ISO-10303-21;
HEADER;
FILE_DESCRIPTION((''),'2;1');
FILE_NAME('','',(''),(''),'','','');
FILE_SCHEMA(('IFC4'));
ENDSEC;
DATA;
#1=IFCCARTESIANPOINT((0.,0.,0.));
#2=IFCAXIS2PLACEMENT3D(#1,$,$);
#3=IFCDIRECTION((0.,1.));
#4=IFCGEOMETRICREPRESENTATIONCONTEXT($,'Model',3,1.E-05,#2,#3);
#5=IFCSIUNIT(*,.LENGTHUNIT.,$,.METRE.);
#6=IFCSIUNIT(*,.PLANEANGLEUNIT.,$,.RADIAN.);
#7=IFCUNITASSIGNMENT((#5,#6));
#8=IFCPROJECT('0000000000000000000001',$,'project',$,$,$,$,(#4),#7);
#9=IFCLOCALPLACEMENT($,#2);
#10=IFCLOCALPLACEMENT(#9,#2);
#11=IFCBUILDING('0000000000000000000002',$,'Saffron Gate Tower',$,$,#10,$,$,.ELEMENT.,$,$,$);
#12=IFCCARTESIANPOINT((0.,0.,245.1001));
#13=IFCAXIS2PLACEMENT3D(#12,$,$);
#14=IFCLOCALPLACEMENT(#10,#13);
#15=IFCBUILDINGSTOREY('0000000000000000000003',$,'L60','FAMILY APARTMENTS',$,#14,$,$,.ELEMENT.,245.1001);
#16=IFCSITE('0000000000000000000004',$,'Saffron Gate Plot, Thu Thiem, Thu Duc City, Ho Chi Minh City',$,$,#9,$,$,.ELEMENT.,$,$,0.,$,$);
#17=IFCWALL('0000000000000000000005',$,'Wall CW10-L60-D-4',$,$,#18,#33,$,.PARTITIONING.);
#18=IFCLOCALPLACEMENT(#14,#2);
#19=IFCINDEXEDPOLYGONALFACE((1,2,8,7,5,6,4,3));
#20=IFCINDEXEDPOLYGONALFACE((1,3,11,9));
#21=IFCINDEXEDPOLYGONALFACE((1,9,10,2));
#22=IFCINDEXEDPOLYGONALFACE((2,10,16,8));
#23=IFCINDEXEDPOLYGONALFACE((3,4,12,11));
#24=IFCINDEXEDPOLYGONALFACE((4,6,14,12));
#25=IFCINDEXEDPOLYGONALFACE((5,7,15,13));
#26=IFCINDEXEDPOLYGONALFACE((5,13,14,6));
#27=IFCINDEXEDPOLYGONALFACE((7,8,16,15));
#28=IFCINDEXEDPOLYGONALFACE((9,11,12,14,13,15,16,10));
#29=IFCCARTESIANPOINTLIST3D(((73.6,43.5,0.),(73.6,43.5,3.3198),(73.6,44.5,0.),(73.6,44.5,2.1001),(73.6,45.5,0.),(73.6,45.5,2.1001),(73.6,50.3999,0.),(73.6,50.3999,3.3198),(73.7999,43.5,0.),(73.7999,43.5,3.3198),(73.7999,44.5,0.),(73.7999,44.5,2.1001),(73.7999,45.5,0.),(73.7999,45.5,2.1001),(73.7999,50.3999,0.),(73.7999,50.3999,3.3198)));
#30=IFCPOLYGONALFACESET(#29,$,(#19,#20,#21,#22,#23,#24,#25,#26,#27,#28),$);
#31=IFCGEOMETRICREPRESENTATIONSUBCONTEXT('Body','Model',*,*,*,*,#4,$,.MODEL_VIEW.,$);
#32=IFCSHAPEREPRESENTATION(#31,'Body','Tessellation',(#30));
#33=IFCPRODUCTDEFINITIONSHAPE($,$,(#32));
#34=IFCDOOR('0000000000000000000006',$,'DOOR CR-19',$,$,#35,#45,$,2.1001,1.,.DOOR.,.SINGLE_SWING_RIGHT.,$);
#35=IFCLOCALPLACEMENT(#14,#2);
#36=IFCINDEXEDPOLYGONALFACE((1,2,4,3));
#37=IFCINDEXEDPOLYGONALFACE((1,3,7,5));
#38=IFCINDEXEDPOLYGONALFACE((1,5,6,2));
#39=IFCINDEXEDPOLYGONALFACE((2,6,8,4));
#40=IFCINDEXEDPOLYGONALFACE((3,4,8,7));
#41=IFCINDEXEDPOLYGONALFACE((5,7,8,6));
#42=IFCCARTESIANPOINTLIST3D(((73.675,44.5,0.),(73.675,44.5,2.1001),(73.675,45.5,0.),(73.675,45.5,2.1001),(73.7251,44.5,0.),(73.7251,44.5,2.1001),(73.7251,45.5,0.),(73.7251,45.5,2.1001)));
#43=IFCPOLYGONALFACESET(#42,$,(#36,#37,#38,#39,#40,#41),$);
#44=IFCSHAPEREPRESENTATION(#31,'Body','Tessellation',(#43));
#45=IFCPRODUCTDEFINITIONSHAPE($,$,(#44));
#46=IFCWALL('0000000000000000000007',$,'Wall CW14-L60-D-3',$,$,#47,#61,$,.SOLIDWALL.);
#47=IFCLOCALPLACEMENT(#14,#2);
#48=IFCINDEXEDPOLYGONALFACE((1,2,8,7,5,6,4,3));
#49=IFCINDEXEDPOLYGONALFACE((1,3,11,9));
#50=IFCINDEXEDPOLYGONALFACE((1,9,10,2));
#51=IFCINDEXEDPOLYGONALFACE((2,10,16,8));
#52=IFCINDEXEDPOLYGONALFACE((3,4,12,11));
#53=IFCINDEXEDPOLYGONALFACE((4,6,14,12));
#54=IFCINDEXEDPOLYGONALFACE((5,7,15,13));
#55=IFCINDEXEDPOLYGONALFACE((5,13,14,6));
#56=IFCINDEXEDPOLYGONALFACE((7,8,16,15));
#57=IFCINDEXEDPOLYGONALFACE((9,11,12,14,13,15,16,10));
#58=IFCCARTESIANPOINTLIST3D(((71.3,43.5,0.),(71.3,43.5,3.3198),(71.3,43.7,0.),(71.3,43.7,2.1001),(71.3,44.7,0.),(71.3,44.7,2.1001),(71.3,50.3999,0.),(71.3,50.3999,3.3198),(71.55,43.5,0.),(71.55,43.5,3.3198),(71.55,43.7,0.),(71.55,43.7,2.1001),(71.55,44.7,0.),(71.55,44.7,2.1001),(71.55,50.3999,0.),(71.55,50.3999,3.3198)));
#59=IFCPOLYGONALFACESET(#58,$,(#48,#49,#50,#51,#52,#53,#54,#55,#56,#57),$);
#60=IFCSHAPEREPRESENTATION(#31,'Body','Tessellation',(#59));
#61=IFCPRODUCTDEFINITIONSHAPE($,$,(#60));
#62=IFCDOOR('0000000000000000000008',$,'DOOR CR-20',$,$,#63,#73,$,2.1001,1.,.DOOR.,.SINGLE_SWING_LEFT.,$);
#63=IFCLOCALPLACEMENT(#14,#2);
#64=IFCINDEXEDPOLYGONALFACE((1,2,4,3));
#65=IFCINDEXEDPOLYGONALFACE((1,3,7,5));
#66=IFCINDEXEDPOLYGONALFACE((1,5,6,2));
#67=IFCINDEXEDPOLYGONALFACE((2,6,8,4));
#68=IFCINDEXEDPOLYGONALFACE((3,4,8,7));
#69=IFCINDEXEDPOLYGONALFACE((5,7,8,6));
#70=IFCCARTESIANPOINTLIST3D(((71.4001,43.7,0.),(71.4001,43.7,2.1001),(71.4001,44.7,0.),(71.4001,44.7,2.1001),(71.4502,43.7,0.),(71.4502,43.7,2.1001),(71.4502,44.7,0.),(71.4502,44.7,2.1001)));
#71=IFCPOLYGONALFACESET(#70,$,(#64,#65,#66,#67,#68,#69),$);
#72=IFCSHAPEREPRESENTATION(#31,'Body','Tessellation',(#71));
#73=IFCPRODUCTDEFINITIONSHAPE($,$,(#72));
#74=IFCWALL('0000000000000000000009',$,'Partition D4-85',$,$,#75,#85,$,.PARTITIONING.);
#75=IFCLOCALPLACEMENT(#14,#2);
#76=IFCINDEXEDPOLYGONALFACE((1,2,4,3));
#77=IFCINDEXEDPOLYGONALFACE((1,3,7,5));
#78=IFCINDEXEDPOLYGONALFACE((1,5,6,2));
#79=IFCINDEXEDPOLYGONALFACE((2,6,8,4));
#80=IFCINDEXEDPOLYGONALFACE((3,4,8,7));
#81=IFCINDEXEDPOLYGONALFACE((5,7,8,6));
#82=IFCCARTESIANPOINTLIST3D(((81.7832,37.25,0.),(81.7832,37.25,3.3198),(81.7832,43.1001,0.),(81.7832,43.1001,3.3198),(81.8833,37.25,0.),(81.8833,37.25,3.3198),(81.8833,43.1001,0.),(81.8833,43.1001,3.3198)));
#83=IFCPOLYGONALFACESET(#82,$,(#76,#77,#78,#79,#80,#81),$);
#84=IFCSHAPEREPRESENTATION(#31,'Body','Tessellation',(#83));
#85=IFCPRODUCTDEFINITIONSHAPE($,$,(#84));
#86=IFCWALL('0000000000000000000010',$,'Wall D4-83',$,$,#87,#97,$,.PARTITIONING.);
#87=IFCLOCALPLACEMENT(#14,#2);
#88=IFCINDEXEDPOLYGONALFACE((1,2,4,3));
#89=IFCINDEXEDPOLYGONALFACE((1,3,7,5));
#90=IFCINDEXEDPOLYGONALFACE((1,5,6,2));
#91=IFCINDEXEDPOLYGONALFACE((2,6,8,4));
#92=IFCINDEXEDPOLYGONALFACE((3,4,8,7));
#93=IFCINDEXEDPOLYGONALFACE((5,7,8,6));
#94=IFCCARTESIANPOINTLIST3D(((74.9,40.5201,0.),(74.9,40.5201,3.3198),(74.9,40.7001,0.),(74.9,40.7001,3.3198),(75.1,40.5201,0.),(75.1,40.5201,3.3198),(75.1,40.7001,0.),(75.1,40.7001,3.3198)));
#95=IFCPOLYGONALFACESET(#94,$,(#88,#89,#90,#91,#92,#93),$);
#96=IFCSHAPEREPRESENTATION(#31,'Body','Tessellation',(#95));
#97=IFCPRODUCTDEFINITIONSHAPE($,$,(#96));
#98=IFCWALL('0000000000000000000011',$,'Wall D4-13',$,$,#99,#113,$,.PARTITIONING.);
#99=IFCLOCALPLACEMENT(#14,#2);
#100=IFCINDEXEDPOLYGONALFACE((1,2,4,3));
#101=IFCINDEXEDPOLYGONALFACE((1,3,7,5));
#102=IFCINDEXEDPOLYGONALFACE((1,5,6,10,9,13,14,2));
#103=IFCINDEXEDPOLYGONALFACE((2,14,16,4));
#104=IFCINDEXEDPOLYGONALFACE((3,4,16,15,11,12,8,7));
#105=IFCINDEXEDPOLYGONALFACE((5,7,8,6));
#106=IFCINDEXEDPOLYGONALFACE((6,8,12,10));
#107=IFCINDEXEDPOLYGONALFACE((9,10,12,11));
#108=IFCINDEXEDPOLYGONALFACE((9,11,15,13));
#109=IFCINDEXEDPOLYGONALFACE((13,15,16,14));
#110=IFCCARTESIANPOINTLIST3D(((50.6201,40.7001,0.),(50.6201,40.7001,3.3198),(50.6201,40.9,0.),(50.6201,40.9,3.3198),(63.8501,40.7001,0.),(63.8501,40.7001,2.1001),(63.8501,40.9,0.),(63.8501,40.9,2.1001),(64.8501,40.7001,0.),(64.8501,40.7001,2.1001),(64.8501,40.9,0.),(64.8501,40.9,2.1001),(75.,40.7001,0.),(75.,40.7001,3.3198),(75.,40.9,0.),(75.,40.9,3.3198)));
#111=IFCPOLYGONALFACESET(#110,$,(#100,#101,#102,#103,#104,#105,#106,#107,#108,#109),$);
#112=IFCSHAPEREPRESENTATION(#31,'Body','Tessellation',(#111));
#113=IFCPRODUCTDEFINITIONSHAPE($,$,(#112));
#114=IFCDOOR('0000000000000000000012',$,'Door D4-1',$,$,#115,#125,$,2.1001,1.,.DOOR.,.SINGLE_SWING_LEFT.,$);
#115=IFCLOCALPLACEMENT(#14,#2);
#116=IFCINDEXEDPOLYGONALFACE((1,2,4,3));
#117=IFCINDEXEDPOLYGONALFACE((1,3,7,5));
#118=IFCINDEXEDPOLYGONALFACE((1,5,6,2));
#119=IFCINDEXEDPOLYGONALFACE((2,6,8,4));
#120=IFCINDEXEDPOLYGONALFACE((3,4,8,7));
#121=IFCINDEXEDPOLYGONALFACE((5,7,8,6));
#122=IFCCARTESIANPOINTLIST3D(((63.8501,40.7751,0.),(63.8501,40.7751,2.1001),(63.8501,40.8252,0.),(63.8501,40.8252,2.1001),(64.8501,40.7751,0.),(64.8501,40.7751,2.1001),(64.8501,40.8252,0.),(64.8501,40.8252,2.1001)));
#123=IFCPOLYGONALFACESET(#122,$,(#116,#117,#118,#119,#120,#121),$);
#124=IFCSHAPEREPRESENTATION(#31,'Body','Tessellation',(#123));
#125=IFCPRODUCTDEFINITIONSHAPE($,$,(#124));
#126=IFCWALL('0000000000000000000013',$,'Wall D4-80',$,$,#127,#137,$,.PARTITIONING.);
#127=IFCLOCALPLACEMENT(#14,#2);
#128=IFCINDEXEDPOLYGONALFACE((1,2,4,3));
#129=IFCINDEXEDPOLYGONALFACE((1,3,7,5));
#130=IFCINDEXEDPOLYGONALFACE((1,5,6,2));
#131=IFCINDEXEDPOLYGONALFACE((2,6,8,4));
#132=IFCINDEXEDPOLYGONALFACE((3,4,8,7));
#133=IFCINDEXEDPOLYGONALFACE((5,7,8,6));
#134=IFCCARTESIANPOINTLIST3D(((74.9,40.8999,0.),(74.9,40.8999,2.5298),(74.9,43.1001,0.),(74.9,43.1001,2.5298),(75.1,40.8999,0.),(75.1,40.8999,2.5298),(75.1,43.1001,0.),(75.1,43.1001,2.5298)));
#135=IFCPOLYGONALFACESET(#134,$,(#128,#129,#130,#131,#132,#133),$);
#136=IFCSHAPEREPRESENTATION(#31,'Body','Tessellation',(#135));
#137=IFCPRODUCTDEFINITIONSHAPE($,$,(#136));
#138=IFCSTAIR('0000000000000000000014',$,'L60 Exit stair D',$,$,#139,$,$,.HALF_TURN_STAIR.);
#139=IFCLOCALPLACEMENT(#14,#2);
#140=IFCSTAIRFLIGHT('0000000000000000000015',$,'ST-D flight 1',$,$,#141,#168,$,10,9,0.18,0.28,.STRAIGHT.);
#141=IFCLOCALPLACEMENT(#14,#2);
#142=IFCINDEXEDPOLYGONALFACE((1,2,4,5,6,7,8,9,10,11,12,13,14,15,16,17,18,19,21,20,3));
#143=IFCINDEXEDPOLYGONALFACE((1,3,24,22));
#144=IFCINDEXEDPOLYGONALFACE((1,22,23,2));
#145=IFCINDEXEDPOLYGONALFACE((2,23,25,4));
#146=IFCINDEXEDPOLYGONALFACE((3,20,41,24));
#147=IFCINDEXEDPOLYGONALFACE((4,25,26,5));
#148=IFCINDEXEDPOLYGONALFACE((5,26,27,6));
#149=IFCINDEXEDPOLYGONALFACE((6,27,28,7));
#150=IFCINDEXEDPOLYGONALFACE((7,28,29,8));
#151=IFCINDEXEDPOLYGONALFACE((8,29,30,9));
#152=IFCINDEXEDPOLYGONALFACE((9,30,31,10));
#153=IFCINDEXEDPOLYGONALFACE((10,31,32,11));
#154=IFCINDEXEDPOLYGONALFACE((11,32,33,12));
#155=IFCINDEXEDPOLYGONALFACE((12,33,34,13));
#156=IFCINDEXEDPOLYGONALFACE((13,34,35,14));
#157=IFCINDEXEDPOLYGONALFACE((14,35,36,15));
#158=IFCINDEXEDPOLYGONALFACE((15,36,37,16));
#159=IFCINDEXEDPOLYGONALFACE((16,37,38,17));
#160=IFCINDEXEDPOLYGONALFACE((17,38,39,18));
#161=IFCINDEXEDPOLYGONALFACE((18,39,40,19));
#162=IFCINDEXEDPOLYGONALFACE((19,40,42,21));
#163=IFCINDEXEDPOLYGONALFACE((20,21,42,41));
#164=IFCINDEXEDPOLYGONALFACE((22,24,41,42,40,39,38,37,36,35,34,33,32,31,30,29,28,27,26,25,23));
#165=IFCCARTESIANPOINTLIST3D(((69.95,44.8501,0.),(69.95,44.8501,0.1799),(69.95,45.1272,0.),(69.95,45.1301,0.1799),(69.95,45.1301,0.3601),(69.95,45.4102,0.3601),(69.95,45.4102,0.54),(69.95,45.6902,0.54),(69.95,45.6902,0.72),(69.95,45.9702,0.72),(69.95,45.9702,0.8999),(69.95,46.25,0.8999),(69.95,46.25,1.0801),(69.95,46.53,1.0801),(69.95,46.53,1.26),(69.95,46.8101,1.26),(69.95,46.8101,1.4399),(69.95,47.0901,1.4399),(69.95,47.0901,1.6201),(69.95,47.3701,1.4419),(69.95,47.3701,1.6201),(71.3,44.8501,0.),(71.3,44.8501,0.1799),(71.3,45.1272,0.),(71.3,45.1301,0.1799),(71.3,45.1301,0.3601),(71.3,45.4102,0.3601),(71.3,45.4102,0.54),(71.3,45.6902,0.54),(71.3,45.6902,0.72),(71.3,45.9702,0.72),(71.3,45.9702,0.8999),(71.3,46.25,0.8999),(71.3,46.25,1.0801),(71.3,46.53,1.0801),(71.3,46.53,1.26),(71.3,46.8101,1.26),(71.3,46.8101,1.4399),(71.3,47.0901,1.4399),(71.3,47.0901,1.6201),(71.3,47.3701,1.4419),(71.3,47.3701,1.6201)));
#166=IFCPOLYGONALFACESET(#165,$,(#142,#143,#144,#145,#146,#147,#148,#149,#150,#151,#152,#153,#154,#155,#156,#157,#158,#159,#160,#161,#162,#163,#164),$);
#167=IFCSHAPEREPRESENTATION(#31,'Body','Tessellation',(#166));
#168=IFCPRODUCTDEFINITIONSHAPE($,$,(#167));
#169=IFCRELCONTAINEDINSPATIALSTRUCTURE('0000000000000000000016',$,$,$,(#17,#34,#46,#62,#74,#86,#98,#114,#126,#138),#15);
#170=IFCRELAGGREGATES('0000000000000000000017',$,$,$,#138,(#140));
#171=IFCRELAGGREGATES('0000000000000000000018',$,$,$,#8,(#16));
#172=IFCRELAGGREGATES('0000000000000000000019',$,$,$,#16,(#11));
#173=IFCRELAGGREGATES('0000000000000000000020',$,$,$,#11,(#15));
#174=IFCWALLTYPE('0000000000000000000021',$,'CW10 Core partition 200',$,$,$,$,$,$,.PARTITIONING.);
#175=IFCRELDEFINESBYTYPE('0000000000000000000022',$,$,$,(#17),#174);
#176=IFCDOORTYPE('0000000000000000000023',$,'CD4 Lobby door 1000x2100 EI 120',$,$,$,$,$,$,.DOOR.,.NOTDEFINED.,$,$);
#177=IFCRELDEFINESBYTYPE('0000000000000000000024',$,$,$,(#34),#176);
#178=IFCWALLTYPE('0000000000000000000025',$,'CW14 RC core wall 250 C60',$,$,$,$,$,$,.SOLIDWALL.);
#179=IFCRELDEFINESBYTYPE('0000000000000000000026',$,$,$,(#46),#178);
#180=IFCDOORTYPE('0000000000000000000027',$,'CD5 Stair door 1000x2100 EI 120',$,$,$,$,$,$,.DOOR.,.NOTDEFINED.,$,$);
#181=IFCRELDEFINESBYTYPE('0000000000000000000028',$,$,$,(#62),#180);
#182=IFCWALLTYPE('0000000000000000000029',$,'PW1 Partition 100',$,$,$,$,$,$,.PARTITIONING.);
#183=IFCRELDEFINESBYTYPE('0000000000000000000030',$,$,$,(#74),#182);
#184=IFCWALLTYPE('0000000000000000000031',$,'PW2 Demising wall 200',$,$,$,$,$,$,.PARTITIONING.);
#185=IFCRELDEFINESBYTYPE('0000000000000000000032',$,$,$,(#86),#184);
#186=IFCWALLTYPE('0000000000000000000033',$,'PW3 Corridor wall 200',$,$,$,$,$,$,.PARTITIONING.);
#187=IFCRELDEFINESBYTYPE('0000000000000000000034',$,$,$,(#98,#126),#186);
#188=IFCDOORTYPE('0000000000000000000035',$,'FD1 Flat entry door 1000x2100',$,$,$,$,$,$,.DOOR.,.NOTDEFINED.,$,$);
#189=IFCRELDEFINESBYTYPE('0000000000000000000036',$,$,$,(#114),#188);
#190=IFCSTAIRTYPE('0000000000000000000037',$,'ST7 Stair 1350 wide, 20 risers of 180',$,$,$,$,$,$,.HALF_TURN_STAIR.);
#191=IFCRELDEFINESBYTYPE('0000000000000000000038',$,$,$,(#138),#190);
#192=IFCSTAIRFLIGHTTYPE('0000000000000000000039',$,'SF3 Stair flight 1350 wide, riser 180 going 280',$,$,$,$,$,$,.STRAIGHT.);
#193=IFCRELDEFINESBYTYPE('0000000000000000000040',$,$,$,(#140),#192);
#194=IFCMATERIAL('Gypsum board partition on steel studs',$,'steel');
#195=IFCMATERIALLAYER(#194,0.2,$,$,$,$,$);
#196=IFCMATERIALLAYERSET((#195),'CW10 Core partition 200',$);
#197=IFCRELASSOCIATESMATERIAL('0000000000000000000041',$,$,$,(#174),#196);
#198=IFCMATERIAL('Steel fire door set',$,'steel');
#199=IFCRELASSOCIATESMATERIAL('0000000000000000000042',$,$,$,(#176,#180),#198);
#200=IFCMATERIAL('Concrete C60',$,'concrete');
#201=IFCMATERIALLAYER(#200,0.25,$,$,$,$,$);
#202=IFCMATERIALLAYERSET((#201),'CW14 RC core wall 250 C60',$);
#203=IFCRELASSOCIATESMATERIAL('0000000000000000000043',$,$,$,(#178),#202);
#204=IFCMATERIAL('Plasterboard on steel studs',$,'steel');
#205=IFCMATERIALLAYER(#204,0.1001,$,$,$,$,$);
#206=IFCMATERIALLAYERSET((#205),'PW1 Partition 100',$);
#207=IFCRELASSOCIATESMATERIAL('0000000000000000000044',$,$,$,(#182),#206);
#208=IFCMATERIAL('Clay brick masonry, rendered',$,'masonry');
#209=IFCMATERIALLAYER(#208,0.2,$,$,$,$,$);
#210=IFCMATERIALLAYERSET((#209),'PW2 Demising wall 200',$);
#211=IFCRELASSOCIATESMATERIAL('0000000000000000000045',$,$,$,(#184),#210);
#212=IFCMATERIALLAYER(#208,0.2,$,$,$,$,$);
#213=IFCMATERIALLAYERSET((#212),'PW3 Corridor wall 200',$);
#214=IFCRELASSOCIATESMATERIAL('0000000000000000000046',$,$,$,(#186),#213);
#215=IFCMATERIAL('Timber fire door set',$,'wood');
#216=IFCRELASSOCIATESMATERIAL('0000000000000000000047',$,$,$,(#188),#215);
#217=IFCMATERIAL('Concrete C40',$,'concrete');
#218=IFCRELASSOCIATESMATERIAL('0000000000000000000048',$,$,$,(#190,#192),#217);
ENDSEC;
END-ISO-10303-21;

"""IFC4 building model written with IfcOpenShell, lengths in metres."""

from ifc_helpers import new_model, si_unit, direction, frame, frame_2d, origin, place, context, subcontext, project, spatial, polyline, rectangle, outline, extrude, material, layer, layer_set, type_object, element, fill, aggregate, save


model = new_model("IFC4")

# Units and contexts
model_context = context("Model", 3, precision=1e-05, world=origin(), true_north=direction((0.0, 1.0)))
body_context = subcontext(model_context, "Body", "Model", "MODEL_VIEW")
ifc_project = project(units=[si_unit("LENGTHUNIT", "METRE"), si_unit("PLANEANGLEUNIT", "RADIAN")], contexts=[model_context])

# Site, building, storey
site_placement = place(None, origin())
site = spatial("IfcSite", under=ifc_project, at=site_placement, Name="Saffron Gate Plot, Thu Thiem, Thu Duc City, Ho Chi Minh City", CompositionType="ELEMENT", RefElevation=0.0)
building_placement = place(site_placement, origin())
building = spatial("IfcBuilding", under=site, at=building_placement, Name="Saffron Gate Tower", CompositionType="ELEMENT")
storey_placement = place(building_placement, frame((0.0, 0.0, 245.1001)))
storey = spatial("IfcBuildingStorey", under=building, at=storey_placement, Name="L60", Description="FAMILY APARTMENTS", CompositionType="ELEMENT", Elevation=245.1001)

# Walls, openings, doors
ifc_material_1 = material(Name="Gypsum board partition on steel studs", Category="steel")
ifc_layer_1 = layer(ifc_material_1, 0.2)
ifc_layer_set_1 = layer_set([ifc_layer_1], Name="CW10 Core partition 200")
wall_type_1 = type_object("IfcWallType", Name="CW10 Core partition 200", PredefinedType="PARTITIONING", material=ifc_layer_set_1)
wall_1_placement = place(storey_placement, frame((73.7, 43.5, 0.0), z_axis=(0.0, 0.0, 1.0), x_axis=(0.0, 1.0, 0.0)))
wall_1 = element("IfcWall", 1, at=wall_1_placement, inside=storey, type_object=wall_type_1, Name="Wall CW10-L60-D-4", PredefinedType="PARTITIONING", context=body_context, shape_type="SweptSolid", body=[
    extrude(rectangle(XDim=6.8999, YDim=0.2, at=frame_2d((3.45, 0.0))), origin(), (0.0, 0.0, 1.0), 3.3198),
])
opening_1_placement = place(wall_1_placement, frame((1.0, 0.0, 0.0)))
opening_1 = element("IfcOpeningElement", 2, at=opening_1_placement, cuts=wall_1, PredefinedType="OPENING", context=body_context, shape_type="SweptSolid", body=[
    extrude(rectangle(XDim=1.0, YDim=2.1001, at=frame_2d((0.5, 1.05))), frame((0.0, 0.1099, 0.0), z_axis=(0.0, -1.0, 0.0), x_axis=(1.0, 0.0, 0.0)), (0.0, 0.0, 1.0), 0.22),
])
ifc_material_2 = material(Name="Steel fire door set", Category="steel")
door_type_1 = type_object("IfcDoorType", Name="CD4 Lobby door 1000x2100 EI 120", OperationType="NOTDEFINED", PredefinedType="DOOR", material=ifc_material_2)
door_1_placement = place(opening_1_placement, origin())
door_1 = element("IfcDoor", 3, at=door_1_placement, inside=storey, type_object=door_type_1, Name="DOOR CR-19", OperationType="SINGLE_SWING_RIGHT", OverallHeight=2.1001, OverallWidth=1.0, PredefinedType="DOOR", context=body_context, shape_type="SweptSolid", body=[
    extrude(rectangle(XDim=1.0, YDim=2.1001, at=frame_2d((0.5, 1.05))), frame((0.0, 0.0249, 0.0), z_axis=(0.0, -1.0, 0.0), x_axis=(1.0, 0.0, 0.0)), (0.0, 0.0, 1.0), 0.05),
])
fill(opening_1, door_1)
ifc_material_3 = material(Name="Concrete C60", Category="concrete")
ifc_layer_2 = layer(ifc_material_3, 0.25)
ifc_layer_set_2 = layer_set([ifc_layer_2], Name="CW14 RC core wall 250 C60")
wall_type_2 = type_object("IfcWallType", Name="CW14 RC core wall 250 C60", PredefinedType="SOLIDWALL", material=ifc_layer_set_2)
wall_2_placement = place(storey_placement, frame((71.425, 43.5, 0.0), z_axis=(0.0, 0.0, 1.0), x_axis=(0.0, 1.0, 0.0)))
wall_2 = element("IfcWall", 4, at=wall_2_placement, inside=storey, type_object=wall_type_2, Name="Wall CW14-L60-D-3", PredefinedType="SOLIDWALL", context=body_context, shape_type="SweptSolid", body=[
    extrude(rectangle(XDim=6.8999, YDim=0.25, at=frame_2d((3.45, 0.0))), origin(), (0.0, 0.0, 1.0), 3.3198),
])
opening_2_placement = place(wall_2_placement, frame((0.2, 0.0, 0.0)))
opening_2 = element("IfcOpeningElement", 5, at=opening_2_placement, cuts=wall_2, PredefinedType="OPENING", context=body_context, shape_type="SweptSolid", body=[
    extrude(rectangle(XDim=1.0, YDim=2.1001, at=frame_2d((0.5, 1.05))), frame((0.0, 0.135, 0.0), z_axis=(0.0, -1.0, 0.0), x_axis=(1.0, 0.0, 0.0)), (0.0, 0.0, 1.0), 0.27),
])
door_type_2 = type_object("IfcDoorType", Name="CD5 Stair door 1000x2100 EI 120", OperationType="NOTDEFINED", PredefinedType="DOOR", material=ifc_material_2)
door_2_placement = place(opening_2_placement, origin())
door_2 = element("IfcDoor", 6, at=door_2_placement, inside=storey, type_object=door_type_2, Name="DOOR CR-20", OperationType="SINGLE_SWING_LEFT", OverallHeight=2.1001, OverallWidth=1.0, PredefinedType="DOOR", context=body_context, shape_type="SweptSolid", body=[
    extrude(rectangle(XDim=1.0, YDim=2.1001, at=frame_2d((0.5, 1.05))), frame((0.0, 0.0249, 0.0), z_axis=(0.0, -1.0, 0.0), x_axis=(1.0, 0.0, 0.0)), (0.0, 0.0, 1.0), 0.05),
])
fill(opening_2, door_2)

# Walls
ifc_material_4 = material(Name="Plasterboard on steel studs", Category="steel")
ifc_layer_3 = layer(ifc_material_4, 0.1001)
ifc_layer_set_3 = layer_set([ifc_layer_3], Name="PW1 Partition 100")
wall_type_3 = type_object("IfcWallType", Name="PW1 Partition 100", PredefinedType="PARTITIONING", material=ifc_layer_set_3)
wall_3_placement = place(storey_placement, frame((81.8333, 43.1001, 0.0), z_axis=(0.0, 0.0, 1.0), x_axis=(0.0, -1.0, 0.0)))
element("IfcWall", 7, at=wall_3_placement, inside=storey, type_object=wall_type_3, Name="Partition D4-85", PredefinedType="PARTITIONING", context=body_context, shape_type="SweptSolid", body=[
    extrude(rectangle(XDim=5.8501, YDim=0.1001, at=frame_2d((2.925, 0.0))), origin(), (0.0, 0.0, 1.0), 3.3198),
])
ifc_material_5 = material(Name="Clay brick masonry, rendered", Category="masonry")
ifc_layer_4 = layer(ifc_material_5, 0.2)
ifc_layer_set_4 = layer_set([ifc_layer_4], Name="PW2 Demising wall 200")
wall_type_4 = type_object("IfcWallType", Name="PW2 Demising wall 200", PredefinedType="PARTITIONING", material=ifc_layer_set_4)
wall_4_placement = place(storey_placement, frame((75.0, 40.7, 0.0), z_axis=(0.0, 0.0, 1.0), x_axis=(0.0, -1.0, 0.0)))
element("IfcWall", 8, at=wall_4_placement, inside=storey, type_object=wall_type_4, Name="Wall D4-83", PredefinedType="PARTITIONING", context=body_context, shape_type="SweptSolid", body=[
    extrude(rectangle(XDim=0.1799, YDim=0.2, at=frame_2d((0.0898, 0.0))), origin(), (0.0, 0.0, 1.0), 3.3198),
])

# Wall, opening, door
ifc_layer_5 = layer(ifc_material_5, 0.2)
ifc_layer_set_5 = layer_set([ifc_layer_5], Name="PW3 Corridor wall 200")
wall_type_5 = type_object("IfcWallType", Name="PW3 Corridor wall 200", PredefinedType="PARTITIONING", material=ifc_layer_set_5)
wall_5_placement = place(storey_placement, frame((75.0, 40.8, 0.0), z_axis=(0.0, 0.0, 1.0), x_axis=(-1.0, 0.0, 0.0)))
wall_5 = element("IfcWall", 9, at=wall_5_placement, inside=storey, type_object=wall_type_5, Name="Wall D4-13", PredefinedType="PARTITIONING", context=body_context, shape_type="SweptSolid", body=[
    extrude(rectangle(XDim=24.3799, YDim=0.2, at=frame_2d((12.1899, 0.0))), origin(), (0.0, 0.0, 1.0), 3.3198),
])
opening_3_placement = place(wall_5_placement, frame((10.1499, 0.0, 0.0)))
opening_3 = element("IfcOpeningElement", 10, at=opening_3_placement, cuts=wall_5, PredefinedType="OPENING", context=body_context, shape_type="SweptSolid", body=[
    extrude(rectangle(XDim=1.0, YDim=2.1001, at=frame_2d((0.5, 1.05))), frame((0.0, 0.1099, 0.0), z_axis=(0.0, -1.0, 0.0), x_axis=(1.0, 0.0, 0.0)), (0.0, 0.0, 1.0), 0.22),
])
ifc_material_6 = material(Name="Timber fire door set", Category="wood")
door_type_3 = type_object("IfcDoorType", Name="FD1 Flat entry door 1000x2100", OperationType="NOTDEFINED", PredefinedType="DOOR", material=ifc_material_6)
door_3_placement = place(opening_3_placement, origin())
door_3 = element("IfcDoor", 11, at=door_3_placement, inside=storey, type_object=door_type_3, Name="Door D4-1", OperationType="SINGLE_SWING_LEFT", OverallHeight=2.1001, OverallWidth=1.0, PredefinedType="DOOR", context=body_context, shape_type="SweptSolid", body=[
    extrude(rectangle(XDim=1.0, YDim=2.1001, at=frame_2d((0.5, 1.05))), frame((0.0, 0.0249, 0.0), z_axis=(0.0, -1.0, 0.0), x_axis=(1.0, 0.0, 0.0)), (0.0, 0.0, 1.0), 0.05),
])
fill(opening_3, door_3)

# Wall
wall_6_placement = place(storey_placement, frame((75.0, 43.1001, 0.0), z_axis=(0.0, 0.0, 1.0), x_axis=(0.0, -1.0, 0.0)))
element("IfcWall", 12, at=wall_6_placement, inside=storey, type_object=wall_type_5, Name="Wall D4-80", PredefinedType="PARTITIONING", context=body_context, shape_type="SweptSolid", body=[
    extrude(rectangle(XDim=2.2002, YDim=0.2, at=frame_2d((1.1001, 0.0))), origin(), (0.0, 0.0, 1.0), 2.5298),
])

# Stair, stair flight
ifc_material_7 = material(Name="Concrete C40", Category="concrete")
stair_type = type_object("IfcStairType", Name="ST7 Stair 1350 wide, 20 risers of 180", PredefinedType="HALF_TURN_STAIR", material=ifc_material_7)
stair_placement = place(storey_placement, origin())
stair = element("IfcStair", 13, at=stair_placement, inside=storey, type_object=stair_type, Name="L60 Exit stair D", PredefinedType="HALF_TURN_STAIR")
stair_flight_type = type_object("IfcStairFlightType", Name="SF3 Stair flight 1350 wide, riser 180 going 280", PredefinedType="STRAIGHT", material=ifc_material_7)
stair_flight_placement = place(storey_placement, frame((70.625, 44.8501, 0.0), z_axis=(0.0, 0.0, 1.0), x_axis=(0.0, 1.0, 0.0)))
stair_flight = element("IfcStairFlight", 14, at=stair_flight_placement, type_object=stair_flight_type, Name="ST-D flight 1", NumberOfRisers=10, NumberOfTreads=9, PredefinedType="STRAIGHT", RiserHeight=0.18, TreadLength=0.28, context=body_context, shape_type="SweptSolid", body=[
    extrude(outline(polyline([(0.0, 0.0), (0.0, 0.1799), (0.28, 0.1799), (0.28, 0.3601), (0.5601, 0.3601), (0.5601, 0.54), (0.8401, 0.54), (0.8401, 0.72), (1.1201, 0.72), (1.1201, 0.8999), (1.3999, 0.8999), (1.3999, 1.0801), (1.6799, 1.0801), (1.6799, 1.26), (1.96, 1.26), (1.96, 1.4399), (2.24, 1.4399), (2.24, 1.6201), (2.52, 1.6201), (2.52, 1.8), (2.52, 1.4419), (0.2771, 0.0), (0.0, 0.0)])), frame((0.0, 0.675, 0.0), z_axis=(0.0, -1.0, 0.0), x_axis=(1.0, 0.0, 0.0)), (0.0, 0.0, 1.0), 1.3501),
])
aggregate(stair, [stair_flight])

save(model, "model.ifc")
